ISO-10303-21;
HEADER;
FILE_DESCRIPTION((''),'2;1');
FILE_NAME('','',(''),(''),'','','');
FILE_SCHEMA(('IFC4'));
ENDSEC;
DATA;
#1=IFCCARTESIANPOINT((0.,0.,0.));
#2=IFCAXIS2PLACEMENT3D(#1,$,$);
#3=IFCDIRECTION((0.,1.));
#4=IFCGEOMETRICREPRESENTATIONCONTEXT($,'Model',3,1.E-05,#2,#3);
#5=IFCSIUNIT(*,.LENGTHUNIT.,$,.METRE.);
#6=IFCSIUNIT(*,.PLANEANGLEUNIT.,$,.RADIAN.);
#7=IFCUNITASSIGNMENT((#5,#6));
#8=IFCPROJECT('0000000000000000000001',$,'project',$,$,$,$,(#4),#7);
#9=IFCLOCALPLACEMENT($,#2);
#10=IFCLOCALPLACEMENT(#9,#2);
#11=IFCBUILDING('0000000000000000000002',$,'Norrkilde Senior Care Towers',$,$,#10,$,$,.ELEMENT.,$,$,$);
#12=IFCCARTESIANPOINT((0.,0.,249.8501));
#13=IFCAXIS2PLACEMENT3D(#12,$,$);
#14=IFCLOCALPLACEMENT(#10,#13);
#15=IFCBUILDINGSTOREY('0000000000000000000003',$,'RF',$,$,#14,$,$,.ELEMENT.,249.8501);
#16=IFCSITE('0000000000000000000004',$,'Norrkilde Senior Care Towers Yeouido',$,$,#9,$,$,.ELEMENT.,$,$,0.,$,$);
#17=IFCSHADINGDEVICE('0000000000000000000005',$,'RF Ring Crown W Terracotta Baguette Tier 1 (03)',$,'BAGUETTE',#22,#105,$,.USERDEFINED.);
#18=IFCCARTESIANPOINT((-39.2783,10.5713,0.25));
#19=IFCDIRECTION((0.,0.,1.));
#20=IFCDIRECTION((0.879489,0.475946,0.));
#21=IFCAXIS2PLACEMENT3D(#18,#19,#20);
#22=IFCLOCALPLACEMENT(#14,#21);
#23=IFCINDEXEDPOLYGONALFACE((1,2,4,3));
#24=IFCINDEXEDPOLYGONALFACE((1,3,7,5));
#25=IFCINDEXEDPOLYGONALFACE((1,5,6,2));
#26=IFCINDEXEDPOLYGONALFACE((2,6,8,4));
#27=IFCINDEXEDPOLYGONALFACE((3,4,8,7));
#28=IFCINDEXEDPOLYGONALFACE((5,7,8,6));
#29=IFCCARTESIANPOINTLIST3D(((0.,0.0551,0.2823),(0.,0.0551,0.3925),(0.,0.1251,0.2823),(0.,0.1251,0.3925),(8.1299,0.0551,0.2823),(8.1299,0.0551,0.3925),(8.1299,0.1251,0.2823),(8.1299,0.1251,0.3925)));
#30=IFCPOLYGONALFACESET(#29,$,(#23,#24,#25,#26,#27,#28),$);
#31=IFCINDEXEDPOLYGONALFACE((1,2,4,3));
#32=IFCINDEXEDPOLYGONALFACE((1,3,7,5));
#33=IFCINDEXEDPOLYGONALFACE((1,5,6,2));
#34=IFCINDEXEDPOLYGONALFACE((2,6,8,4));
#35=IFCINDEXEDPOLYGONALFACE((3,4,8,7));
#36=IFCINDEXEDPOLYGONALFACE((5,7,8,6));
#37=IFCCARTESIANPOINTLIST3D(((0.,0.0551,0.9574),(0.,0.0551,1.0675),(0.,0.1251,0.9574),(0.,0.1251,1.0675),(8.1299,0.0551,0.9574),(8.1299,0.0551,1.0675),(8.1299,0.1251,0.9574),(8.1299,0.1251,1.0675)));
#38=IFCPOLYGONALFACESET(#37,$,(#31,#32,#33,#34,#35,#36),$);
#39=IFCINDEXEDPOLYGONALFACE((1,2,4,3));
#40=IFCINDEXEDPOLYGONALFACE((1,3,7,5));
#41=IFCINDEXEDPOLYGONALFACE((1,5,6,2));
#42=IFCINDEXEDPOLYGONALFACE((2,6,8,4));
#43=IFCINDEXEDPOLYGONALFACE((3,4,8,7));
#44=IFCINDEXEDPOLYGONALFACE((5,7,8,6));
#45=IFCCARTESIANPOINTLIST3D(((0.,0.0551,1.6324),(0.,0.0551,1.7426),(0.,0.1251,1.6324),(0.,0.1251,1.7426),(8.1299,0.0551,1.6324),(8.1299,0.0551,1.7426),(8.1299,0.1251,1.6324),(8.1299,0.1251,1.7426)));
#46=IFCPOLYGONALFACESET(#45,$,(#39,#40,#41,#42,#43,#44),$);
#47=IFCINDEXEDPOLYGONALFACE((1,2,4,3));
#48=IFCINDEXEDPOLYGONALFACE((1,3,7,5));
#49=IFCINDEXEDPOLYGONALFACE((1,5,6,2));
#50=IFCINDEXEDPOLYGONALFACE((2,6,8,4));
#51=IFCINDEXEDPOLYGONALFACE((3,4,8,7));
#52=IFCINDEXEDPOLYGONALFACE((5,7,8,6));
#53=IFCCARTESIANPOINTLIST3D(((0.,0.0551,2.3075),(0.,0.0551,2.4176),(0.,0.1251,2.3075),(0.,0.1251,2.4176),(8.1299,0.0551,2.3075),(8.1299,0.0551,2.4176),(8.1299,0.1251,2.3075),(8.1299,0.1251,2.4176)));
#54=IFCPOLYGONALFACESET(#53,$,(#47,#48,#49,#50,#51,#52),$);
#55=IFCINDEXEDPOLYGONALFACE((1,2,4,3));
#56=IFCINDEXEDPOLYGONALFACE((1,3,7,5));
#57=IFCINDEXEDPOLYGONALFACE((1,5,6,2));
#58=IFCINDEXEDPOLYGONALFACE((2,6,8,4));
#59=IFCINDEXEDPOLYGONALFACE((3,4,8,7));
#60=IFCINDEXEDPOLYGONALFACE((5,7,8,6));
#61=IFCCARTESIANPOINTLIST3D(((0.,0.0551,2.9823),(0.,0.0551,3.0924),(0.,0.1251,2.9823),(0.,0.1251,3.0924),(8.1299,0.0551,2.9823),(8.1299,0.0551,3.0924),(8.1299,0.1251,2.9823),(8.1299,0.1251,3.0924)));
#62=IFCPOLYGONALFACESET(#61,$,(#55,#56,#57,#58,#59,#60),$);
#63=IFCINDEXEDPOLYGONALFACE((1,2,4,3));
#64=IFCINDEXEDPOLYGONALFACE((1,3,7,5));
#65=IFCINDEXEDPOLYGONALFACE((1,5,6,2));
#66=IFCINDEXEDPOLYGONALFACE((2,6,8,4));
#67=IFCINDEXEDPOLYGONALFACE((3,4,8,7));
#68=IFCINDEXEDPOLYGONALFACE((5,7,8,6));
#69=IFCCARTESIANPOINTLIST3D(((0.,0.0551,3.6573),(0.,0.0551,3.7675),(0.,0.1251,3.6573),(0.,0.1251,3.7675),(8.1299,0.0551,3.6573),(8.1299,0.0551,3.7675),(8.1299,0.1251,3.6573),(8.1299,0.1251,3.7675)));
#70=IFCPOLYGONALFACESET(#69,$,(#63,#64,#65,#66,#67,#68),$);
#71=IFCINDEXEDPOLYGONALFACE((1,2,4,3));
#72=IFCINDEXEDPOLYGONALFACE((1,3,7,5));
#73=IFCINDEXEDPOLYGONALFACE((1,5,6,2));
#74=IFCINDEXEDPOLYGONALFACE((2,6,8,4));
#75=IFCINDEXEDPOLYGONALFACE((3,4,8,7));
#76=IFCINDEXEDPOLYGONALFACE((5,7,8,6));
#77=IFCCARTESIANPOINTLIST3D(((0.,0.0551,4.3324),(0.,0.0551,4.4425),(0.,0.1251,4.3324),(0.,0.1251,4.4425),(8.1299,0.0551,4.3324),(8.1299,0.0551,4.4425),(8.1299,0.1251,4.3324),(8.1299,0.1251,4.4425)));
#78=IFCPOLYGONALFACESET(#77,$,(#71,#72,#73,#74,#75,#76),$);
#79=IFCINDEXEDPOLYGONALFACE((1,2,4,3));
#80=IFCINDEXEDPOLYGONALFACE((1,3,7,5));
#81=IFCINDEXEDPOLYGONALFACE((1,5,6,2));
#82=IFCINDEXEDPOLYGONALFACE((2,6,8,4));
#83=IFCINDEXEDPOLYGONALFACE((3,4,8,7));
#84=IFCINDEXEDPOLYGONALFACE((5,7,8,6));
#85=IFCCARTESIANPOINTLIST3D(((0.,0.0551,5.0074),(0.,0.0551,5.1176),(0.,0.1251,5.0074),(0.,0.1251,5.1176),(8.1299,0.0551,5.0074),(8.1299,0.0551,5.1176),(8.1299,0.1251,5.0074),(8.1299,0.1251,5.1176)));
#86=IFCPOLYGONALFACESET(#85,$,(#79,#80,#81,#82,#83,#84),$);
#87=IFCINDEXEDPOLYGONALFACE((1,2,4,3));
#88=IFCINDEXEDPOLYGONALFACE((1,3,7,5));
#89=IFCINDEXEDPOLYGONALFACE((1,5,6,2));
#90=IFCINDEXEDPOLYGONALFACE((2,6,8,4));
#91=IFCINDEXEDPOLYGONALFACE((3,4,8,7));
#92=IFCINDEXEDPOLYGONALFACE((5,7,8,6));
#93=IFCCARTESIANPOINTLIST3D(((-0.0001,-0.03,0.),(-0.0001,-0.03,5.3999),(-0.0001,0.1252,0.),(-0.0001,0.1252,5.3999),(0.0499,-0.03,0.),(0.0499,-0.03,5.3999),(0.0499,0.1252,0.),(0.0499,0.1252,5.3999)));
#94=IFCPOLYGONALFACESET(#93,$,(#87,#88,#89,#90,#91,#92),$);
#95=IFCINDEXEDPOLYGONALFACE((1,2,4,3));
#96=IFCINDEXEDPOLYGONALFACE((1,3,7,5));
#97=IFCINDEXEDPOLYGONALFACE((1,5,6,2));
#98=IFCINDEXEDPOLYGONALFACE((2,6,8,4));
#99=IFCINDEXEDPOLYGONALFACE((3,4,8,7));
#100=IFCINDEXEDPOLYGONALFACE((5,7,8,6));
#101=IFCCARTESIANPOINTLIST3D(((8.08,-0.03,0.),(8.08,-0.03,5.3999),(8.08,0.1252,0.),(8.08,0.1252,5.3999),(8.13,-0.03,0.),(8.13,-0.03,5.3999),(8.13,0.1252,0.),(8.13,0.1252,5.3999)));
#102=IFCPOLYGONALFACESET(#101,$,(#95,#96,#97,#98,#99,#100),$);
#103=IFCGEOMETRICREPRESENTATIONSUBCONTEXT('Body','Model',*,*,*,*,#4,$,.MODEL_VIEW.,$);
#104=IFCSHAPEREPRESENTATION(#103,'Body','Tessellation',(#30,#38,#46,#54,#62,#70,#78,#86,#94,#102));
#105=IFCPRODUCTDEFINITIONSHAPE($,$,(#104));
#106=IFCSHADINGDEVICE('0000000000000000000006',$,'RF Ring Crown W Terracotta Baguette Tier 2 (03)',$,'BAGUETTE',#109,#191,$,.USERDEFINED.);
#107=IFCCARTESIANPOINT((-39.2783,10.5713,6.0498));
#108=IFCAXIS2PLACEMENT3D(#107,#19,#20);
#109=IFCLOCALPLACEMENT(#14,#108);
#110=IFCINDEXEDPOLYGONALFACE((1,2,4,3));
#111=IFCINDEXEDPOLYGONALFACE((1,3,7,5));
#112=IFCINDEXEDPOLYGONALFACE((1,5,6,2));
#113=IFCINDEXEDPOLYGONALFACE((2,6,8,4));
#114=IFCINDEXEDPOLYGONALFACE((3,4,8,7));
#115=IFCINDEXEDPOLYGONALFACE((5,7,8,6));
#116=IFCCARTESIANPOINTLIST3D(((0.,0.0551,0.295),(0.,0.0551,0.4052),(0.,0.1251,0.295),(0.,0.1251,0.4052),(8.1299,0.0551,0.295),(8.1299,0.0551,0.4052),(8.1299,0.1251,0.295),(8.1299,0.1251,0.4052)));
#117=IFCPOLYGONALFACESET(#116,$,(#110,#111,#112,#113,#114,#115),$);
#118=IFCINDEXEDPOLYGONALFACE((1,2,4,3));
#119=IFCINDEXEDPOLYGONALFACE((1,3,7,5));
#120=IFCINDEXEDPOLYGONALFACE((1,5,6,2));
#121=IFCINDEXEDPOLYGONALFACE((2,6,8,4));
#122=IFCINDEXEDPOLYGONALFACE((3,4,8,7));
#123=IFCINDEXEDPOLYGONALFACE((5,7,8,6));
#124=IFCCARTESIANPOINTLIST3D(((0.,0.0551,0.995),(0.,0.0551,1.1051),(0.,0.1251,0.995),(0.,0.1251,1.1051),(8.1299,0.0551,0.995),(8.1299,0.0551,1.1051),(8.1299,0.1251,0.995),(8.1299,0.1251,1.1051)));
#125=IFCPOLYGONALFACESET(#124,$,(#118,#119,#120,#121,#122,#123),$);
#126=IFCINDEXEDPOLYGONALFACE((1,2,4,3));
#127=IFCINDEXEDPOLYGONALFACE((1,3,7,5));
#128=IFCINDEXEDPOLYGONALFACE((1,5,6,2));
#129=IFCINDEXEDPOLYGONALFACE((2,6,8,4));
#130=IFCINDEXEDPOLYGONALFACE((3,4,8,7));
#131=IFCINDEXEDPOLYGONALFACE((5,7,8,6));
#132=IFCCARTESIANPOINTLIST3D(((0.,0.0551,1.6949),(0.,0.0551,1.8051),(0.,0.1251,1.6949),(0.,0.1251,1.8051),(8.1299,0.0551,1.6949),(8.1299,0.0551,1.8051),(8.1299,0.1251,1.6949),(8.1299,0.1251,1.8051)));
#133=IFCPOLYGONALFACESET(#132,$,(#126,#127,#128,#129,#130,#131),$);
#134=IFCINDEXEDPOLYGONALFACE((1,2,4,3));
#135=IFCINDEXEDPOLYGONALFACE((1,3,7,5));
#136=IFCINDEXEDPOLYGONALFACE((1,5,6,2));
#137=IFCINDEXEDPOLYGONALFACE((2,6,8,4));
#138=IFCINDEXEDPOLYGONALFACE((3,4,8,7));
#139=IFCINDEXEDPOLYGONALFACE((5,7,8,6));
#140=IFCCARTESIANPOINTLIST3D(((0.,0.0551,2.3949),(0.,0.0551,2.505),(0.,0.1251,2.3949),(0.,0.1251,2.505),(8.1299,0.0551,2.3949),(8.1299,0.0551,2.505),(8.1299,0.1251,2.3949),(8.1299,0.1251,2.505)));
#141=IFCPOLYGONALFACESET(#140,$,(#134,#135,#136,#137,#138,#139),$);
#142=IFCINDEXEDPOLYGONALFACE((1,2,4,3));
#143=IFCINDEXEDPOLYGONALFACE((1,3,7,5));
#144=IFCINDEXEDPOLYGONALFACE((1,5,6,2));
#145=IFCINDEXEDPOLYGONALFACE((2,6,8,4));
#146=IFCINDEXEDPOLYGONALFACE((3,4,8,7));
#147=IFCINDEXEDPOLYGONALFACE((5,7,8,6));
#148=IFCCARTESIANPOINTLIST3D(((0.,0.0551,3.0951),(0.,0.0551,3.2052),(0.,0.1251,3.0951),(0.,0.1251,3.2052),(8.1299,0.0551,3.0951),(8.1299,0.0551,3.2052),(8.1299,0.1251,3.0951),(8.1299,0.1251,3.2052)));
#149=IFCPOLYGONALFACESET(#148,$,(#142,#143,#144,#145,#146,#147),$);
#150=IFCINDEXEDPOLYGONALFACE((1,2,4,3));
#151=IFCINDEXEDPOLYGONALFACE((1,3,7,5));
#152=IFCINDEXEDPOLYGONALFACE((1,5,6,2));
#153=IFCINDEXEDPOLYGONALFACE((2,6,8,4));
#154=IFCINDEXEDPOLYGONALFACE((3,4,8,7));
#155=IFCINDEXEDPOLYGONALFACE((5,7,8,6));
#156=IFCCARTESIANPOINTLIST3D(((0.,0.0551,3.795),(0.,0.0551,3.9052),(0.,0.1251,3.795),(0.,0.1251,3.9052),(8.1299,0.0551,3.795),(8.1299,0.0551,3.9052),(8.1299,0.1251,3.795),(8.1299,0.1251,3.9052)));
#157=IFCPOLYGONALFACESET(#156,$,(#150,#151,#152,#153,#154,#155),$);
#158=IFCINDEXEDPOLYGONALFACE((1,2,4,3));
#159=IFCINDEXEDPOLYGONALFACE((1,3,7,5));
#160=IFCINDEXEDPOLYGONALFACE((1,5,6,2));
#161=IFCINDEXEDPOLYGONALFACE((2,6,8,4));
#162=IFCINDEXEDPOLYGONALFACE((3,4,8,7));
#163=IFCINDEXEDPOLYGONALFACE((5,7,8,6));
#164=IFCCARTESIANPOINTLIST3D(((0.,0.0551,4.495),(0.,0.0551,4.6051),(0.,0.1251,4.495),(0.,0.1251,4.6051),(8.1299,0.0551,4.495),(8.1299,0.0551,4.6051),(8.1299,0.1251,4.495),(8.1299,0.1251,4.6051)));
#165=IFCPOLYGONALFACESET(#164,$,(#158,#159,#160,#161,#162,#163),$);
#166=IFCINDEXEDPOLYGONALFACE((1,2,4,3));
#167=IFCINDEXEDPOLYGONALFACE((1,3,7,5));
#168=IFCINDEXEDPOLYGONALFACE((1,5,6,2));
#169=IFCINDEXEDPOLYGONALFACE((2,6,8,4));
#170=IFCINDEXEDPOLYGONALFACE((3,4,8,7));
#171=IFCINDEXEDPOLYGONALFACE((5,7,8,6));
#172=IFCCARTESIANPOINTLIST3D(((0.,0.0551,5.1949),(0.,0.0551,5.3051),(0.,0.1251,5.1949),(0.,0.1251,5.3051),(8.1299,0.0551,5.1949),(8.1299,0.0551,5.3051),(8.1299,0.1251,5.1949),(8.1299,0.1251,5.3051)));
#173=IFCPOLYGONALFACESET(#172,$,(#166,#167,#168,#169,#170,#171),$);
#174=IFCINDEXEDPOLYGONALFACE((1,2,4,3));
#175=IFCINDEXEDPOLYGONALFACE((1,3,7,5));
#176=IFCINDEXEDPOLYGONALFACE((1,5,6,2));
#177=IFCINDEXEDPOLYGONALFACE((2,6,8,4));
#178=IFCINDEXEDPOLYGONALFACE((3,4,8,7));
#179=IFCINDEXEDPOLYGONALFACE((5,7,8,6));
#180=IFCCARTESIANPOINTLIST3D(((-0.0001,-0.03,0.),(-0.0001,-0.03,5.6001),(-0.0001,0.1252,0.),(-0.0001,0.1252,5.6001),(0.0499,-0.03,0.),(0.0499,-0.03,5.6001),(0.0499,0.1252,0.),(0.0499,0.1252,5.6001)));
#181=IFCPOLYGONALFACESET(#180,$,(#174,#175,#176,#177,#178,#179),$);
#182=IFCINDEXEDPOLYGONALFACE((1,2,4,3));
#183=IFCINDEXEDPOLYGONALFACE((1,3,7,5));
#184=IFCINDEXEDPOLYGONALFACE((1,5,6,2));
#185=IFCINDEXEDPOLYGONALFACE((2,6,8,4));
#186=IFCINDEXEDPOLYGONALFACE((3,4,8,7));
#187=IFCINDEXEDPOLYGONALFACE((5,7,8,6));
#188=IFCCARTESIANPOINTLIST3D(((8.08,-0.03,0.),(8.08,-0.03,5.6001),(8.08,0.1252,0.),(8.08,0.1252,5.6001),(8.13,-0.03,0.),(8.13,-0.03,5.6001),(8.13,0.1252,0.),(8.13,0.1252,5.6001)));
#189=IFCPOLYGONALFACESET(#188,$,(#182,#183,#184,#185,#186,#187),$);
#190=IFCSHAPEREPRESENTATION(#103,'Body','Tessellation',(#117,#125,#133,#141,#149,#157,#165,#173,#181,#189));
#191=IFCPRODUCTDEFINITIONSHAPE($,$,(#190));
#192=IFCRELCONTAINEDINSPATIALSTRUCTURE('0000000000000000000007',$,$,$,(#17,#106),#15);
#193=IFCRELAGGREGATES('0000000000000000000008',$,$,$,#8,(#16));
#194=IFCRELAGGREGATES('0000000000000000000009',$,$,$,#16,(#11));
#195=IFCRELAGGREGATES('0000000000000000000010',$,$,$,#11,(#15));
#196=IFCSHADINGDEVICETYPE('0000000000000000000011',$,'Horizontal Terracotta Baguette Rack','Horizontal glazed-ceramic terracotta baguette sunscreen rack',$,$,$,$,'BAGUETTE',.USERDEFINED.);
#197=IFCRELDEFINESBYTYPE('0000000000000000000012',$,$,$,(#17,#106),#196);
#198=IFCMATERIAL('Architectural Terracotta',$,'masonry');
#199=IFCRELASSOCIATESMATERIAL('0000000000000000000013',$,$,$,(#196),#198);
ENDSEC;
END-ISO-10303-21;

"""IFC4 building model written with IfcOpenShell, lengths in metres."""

from ifc_helpers import new_model, si_unit, direction, frame, origin, origin_2d, place, context, subcontext, project, spatial, rectangle, extrude, source, transform, mapped, material, type_object, element, save


model = new_model("IFC4")

# Units and contexts
model_context = context("Model", 3, precision=1e-05, world=origin(), true_north=direction((0.0, 1.0)))
body_context = subcontext(model_context, "Body", "Model", "MODEL_VIEW")
ifc_project = project(units=[si_unit("LENGTHUNIT", "METRE"), si_unit("PLANEANGLEUNIT", "RADIAN")], contexts=[model_context])

# Site, building, storey
site_placement = place(None, origin())
site = spatial("IfcSite", under=ifc_project, at=site_placement, Name="Norrkilde Senior Care Towers Yeouido", CompositionType="ELEMENT", RefElevation=0.0)
building_placement = place(site_placement, origin())
building = spatial("IfcBuilding", under=site, at=building_placement, Name="Norrkilde Senior Care Towers", CompositionType="ELEMENT")
storey_placement = place(building_placement, frame((0.0, 0.0, 249.8501)))
storey = spatial("IfcBuildingStorey", under=building, at=storey_placement, Name="RF", CompositionType="ELEMENT", Elevation=249.8501)

# Shared definitions
ifc_material_1 = material(Name="Architectural Terracotta", Category="masonry")

# Shading devices
shading_device_type = type_object("IfcShadingDeviceType", Name="Horizontal Terracotta Baguette Rack", Description="Horizontal glazed-ceramic terracotta baguette sunscreen rack", ElementType="BAGUETTE", PredefinedType="USERDEFINED", material=ifc_material_1)
shared_shape_1 = source(origin(), body_context, "Body", "SweptSolid", [
    extrude(rectangle(XDim=0.0701, YDim=0.1101, at=origin_2d()), frame((0.0, 0.0901, 0.3374), z_axis=(1.0, 0.0, 0.0), x_axis=(0.0, 1.0, 0.0)), (0.0, 0.0, 1.0), 8.1299),
    extrude(rectangle(XDim=0.0701, YDim=0.1101, at=origin_2d()), frame((0.0, 0.0901, 1.0125), z_axis=(1.0, 0.0, 0.0), x_axis=(0.0, 1.0, 0.0)), (0.0, 0.0, 1.0), 8.1299),
    extrude(rectangle(XDim=0.0701, YDim=0.1101, at=origin_2d()), frame((0.0, 0.0901, 1.6875), z_axis=(1.0, 0.0, 0.0), x_axis=(0.0, 1.0, 0.0)), (0.0, 0.0, 1.0), 8.1299),
    extrude(rectangle(XDim=0.0701, YDim=0.1101, at=origin_2d()), frame((0.0, 0.0901, 2.3625), z_axis=(1.0, 0.0, 0.0), x_axis=(0.0, 1.0, 0.0)), (0.0, 0.0, 1.0), 8.1299),
    extrude(rectangle(XDim=0.0701, YDim=0.1101, at=origin_2d()), frame((0.0, 0.0901, 3.0374), z_axis=(1.0, 0.0, 0.0), x_axis=(0.0, 1.0, 0.0)), (0.0, 0.0, 1.0), 8.1299),
    extrude(rectangle(XDim=0.0701, YDim=0.1101, at=origin_2d()), frame((0.0, 0.0901, 3.7124), z_axis=(1.0, 0.0, 0.0), x_axis=(0.0, 1.0, 0.0)), (0.0, 0.0, 1.0), 8.1299),
    extrude(rectangle(XDim=0.0701, YDim=0.1101, at=origin_2d()), frame((0.0, 0.0901, 4.3875), z_axis=(1.0, 0.0, 0.0), x_axis=(0.0, 1.0, 0.0)), (0.0, 0.0, 1.0), 8.1299),
    extrude(rectangle(XDim=0.0701, YDim=0.1101, at=origin_2d()), frame((0.0, 0.0901, 5.0625), z_axis=(1.0, 0.0, 0.0), x_axis=(0.0, 1.0, 0.0)), (0.0, 0.0, 1.0), 8.1299),
    extrude(rectangle(XDim=0.05, YDim=0.1553, at=origin_2d()), frame((0.0249, 0.0476, 0.0)), (0.0, 0.0, 1.0), 5.3999),
    extrude(rectangle(XDim=0.05, YDim=0.1553, at=origin_2d()), frame((8.105, 0.0476, 0.0)), (0.0, 0.0, 1.0), 5.3999),
])
shading_device_1_placement = place(storey_placement, frame((-39.2783, 10.5713, 0.25), z_axis=(0.0, 0.0, 1.0), x_axis=(0.879489, 0.475946, 0.0)))
element("IfcShadingDevice", 1, at=shading_device_1_placement, inside=storey, type_object=shading_device_type, Name="RF Ring Crown W Terracotta Baguette Tier 1 (03)", ObjectType="BAGUETTE", PredefinedType="USERDEFINED", context=body_context, shape_type="MappedRepresentation", body=[
    mapped(shared_shape_1, transform((0.0, 0.0, 0.0), x_axis=(1.0, 0.0, 0.0), y_axis=(0.0, 1.0, 0.0), z_axis=(0.0, 0.0, 1.0), scale=1.0)),
])
shared_shape_2 = source(origin(), body_context, "Body", "SweptSolid", [
    extrude(rectangle(XDim=0.0701, YDim=0.1101, at=origin_2d()), frame((0.0, 0.0901, 0.3501), z_axis=(1.0, 0.0, 0.0), x_axis=(0.0, 1.0, 0.0)), (0.0, 0.0, 1.0), 8.1299),
    extrude(rectangle(XDim=0.0701, YDim=0.1101, at=origin_2d()), frame((0.0, 0.0901, 1.05), z_axis=(1.0, 0.0, 0.0), x_axis=(0.0, 1.0, 0.0)), (0.0, 0.0, 1.0), 8.1299),
    extrude(rectangle(XDim=0.0701, YDim=0.1101, at=origin_2d()), frame((0.0, 0.0901, 1.75), z_axis=(1.0, 0.0, 0.0), x_axis=(0.0, 1.0, 0.0)), (0.0, 0.0, 1.0), 8.1299),
    extrude(rectangle(XDim=0.0701, YDim=0.1101, at=origin_2d()), frame((0.0, 0.0901, 2.45), z_axis=(1.0, 0.0, 0.0), x_axis=(0.0, 1.0, 0.0)), (0.0, 0.0, 1.0), 8.1299),
    extrude(rectangle(XDim=0.0701, YDim=0.1101, at=origin_2d()), frame((0.0, 0.0901, 3.1501), z_axis=(1.0, 0.0, 0.0), x_axis=(0.0, 1.0, 0.0)), (0.0, 0.0, 1.0), 8.1299),
    extrude(rectangle(XDim=0.0701, YDim=0.1101, at=origin_2d()), frame((0.0, 0.0901, 3.8501), z_axis=(1.0, 0.0, 0.0), x_axis=(0.0, 1.0, 0.0)), (0.0, 0.0, 1.0), 8.1299),
    extrude(rectangle(XDim=0.0701, YDim=0.1101, at=origin_2d()), frame((0.0, 0.0901, 4.55), z_axis=(1.0, 0.0, 0.0), x_axis=(0.0, 1.0, 0.0)), (0.0, 0.0, 1.0), 8.1299),
    extrude(rectangle(XDim=0.0701, YDim=0.1101, at=origin_2d()), frame((0.0, 0.0901, 5.25), z_axis=(1.0, 0.0, 0.0), x_axis=(0.0, 1.0, 0.0)), (0.0, 0.0, 1.0), 8.1299),
    extrude(rectangle(XDim=0.05, YDim=0.1553, at=origin_2d()), frame((0.0249, 0.0476, 0.0)), (0.0, 0.0, 1.0), 5.6001),
    extrude(rectangle(XDim=0.05, YDim=0.1553, at=origin_2d()), frame((8.105, 0.0476, 0.0)), (0.0, 0.0, 1.0), 5.6001),
])
shading_device_2_placement = place(storey_placement, frame((-39.2783, 10.5713, 6.0498), z_axis=(0.0, 0.0, 1.0), x_axis=(0.879489, 0.475946, 0.0)))
element("IfcShadingDevice", 2, at=shading_device_2_placement, inside=storey, type_object=shading_device_type, Name="RF Ring Crown W Terracotta Baguette Tier 2 (03)", ObjectType="BAGUETTE", PredefinedType="USERDEFINED", context=body_context, shape_type="MappedRepresentation", body=[
    mapped(shared_shape_2, transform((0.0, 0.0, 0.0), x_axis=(1.0, 0.0, 0.0), y_axis=(0.0, 1.0, 0.0), z_axis=(0.0, 0.0, 1.0), scale=1.0)),
])

save(model, "model.ifc")
